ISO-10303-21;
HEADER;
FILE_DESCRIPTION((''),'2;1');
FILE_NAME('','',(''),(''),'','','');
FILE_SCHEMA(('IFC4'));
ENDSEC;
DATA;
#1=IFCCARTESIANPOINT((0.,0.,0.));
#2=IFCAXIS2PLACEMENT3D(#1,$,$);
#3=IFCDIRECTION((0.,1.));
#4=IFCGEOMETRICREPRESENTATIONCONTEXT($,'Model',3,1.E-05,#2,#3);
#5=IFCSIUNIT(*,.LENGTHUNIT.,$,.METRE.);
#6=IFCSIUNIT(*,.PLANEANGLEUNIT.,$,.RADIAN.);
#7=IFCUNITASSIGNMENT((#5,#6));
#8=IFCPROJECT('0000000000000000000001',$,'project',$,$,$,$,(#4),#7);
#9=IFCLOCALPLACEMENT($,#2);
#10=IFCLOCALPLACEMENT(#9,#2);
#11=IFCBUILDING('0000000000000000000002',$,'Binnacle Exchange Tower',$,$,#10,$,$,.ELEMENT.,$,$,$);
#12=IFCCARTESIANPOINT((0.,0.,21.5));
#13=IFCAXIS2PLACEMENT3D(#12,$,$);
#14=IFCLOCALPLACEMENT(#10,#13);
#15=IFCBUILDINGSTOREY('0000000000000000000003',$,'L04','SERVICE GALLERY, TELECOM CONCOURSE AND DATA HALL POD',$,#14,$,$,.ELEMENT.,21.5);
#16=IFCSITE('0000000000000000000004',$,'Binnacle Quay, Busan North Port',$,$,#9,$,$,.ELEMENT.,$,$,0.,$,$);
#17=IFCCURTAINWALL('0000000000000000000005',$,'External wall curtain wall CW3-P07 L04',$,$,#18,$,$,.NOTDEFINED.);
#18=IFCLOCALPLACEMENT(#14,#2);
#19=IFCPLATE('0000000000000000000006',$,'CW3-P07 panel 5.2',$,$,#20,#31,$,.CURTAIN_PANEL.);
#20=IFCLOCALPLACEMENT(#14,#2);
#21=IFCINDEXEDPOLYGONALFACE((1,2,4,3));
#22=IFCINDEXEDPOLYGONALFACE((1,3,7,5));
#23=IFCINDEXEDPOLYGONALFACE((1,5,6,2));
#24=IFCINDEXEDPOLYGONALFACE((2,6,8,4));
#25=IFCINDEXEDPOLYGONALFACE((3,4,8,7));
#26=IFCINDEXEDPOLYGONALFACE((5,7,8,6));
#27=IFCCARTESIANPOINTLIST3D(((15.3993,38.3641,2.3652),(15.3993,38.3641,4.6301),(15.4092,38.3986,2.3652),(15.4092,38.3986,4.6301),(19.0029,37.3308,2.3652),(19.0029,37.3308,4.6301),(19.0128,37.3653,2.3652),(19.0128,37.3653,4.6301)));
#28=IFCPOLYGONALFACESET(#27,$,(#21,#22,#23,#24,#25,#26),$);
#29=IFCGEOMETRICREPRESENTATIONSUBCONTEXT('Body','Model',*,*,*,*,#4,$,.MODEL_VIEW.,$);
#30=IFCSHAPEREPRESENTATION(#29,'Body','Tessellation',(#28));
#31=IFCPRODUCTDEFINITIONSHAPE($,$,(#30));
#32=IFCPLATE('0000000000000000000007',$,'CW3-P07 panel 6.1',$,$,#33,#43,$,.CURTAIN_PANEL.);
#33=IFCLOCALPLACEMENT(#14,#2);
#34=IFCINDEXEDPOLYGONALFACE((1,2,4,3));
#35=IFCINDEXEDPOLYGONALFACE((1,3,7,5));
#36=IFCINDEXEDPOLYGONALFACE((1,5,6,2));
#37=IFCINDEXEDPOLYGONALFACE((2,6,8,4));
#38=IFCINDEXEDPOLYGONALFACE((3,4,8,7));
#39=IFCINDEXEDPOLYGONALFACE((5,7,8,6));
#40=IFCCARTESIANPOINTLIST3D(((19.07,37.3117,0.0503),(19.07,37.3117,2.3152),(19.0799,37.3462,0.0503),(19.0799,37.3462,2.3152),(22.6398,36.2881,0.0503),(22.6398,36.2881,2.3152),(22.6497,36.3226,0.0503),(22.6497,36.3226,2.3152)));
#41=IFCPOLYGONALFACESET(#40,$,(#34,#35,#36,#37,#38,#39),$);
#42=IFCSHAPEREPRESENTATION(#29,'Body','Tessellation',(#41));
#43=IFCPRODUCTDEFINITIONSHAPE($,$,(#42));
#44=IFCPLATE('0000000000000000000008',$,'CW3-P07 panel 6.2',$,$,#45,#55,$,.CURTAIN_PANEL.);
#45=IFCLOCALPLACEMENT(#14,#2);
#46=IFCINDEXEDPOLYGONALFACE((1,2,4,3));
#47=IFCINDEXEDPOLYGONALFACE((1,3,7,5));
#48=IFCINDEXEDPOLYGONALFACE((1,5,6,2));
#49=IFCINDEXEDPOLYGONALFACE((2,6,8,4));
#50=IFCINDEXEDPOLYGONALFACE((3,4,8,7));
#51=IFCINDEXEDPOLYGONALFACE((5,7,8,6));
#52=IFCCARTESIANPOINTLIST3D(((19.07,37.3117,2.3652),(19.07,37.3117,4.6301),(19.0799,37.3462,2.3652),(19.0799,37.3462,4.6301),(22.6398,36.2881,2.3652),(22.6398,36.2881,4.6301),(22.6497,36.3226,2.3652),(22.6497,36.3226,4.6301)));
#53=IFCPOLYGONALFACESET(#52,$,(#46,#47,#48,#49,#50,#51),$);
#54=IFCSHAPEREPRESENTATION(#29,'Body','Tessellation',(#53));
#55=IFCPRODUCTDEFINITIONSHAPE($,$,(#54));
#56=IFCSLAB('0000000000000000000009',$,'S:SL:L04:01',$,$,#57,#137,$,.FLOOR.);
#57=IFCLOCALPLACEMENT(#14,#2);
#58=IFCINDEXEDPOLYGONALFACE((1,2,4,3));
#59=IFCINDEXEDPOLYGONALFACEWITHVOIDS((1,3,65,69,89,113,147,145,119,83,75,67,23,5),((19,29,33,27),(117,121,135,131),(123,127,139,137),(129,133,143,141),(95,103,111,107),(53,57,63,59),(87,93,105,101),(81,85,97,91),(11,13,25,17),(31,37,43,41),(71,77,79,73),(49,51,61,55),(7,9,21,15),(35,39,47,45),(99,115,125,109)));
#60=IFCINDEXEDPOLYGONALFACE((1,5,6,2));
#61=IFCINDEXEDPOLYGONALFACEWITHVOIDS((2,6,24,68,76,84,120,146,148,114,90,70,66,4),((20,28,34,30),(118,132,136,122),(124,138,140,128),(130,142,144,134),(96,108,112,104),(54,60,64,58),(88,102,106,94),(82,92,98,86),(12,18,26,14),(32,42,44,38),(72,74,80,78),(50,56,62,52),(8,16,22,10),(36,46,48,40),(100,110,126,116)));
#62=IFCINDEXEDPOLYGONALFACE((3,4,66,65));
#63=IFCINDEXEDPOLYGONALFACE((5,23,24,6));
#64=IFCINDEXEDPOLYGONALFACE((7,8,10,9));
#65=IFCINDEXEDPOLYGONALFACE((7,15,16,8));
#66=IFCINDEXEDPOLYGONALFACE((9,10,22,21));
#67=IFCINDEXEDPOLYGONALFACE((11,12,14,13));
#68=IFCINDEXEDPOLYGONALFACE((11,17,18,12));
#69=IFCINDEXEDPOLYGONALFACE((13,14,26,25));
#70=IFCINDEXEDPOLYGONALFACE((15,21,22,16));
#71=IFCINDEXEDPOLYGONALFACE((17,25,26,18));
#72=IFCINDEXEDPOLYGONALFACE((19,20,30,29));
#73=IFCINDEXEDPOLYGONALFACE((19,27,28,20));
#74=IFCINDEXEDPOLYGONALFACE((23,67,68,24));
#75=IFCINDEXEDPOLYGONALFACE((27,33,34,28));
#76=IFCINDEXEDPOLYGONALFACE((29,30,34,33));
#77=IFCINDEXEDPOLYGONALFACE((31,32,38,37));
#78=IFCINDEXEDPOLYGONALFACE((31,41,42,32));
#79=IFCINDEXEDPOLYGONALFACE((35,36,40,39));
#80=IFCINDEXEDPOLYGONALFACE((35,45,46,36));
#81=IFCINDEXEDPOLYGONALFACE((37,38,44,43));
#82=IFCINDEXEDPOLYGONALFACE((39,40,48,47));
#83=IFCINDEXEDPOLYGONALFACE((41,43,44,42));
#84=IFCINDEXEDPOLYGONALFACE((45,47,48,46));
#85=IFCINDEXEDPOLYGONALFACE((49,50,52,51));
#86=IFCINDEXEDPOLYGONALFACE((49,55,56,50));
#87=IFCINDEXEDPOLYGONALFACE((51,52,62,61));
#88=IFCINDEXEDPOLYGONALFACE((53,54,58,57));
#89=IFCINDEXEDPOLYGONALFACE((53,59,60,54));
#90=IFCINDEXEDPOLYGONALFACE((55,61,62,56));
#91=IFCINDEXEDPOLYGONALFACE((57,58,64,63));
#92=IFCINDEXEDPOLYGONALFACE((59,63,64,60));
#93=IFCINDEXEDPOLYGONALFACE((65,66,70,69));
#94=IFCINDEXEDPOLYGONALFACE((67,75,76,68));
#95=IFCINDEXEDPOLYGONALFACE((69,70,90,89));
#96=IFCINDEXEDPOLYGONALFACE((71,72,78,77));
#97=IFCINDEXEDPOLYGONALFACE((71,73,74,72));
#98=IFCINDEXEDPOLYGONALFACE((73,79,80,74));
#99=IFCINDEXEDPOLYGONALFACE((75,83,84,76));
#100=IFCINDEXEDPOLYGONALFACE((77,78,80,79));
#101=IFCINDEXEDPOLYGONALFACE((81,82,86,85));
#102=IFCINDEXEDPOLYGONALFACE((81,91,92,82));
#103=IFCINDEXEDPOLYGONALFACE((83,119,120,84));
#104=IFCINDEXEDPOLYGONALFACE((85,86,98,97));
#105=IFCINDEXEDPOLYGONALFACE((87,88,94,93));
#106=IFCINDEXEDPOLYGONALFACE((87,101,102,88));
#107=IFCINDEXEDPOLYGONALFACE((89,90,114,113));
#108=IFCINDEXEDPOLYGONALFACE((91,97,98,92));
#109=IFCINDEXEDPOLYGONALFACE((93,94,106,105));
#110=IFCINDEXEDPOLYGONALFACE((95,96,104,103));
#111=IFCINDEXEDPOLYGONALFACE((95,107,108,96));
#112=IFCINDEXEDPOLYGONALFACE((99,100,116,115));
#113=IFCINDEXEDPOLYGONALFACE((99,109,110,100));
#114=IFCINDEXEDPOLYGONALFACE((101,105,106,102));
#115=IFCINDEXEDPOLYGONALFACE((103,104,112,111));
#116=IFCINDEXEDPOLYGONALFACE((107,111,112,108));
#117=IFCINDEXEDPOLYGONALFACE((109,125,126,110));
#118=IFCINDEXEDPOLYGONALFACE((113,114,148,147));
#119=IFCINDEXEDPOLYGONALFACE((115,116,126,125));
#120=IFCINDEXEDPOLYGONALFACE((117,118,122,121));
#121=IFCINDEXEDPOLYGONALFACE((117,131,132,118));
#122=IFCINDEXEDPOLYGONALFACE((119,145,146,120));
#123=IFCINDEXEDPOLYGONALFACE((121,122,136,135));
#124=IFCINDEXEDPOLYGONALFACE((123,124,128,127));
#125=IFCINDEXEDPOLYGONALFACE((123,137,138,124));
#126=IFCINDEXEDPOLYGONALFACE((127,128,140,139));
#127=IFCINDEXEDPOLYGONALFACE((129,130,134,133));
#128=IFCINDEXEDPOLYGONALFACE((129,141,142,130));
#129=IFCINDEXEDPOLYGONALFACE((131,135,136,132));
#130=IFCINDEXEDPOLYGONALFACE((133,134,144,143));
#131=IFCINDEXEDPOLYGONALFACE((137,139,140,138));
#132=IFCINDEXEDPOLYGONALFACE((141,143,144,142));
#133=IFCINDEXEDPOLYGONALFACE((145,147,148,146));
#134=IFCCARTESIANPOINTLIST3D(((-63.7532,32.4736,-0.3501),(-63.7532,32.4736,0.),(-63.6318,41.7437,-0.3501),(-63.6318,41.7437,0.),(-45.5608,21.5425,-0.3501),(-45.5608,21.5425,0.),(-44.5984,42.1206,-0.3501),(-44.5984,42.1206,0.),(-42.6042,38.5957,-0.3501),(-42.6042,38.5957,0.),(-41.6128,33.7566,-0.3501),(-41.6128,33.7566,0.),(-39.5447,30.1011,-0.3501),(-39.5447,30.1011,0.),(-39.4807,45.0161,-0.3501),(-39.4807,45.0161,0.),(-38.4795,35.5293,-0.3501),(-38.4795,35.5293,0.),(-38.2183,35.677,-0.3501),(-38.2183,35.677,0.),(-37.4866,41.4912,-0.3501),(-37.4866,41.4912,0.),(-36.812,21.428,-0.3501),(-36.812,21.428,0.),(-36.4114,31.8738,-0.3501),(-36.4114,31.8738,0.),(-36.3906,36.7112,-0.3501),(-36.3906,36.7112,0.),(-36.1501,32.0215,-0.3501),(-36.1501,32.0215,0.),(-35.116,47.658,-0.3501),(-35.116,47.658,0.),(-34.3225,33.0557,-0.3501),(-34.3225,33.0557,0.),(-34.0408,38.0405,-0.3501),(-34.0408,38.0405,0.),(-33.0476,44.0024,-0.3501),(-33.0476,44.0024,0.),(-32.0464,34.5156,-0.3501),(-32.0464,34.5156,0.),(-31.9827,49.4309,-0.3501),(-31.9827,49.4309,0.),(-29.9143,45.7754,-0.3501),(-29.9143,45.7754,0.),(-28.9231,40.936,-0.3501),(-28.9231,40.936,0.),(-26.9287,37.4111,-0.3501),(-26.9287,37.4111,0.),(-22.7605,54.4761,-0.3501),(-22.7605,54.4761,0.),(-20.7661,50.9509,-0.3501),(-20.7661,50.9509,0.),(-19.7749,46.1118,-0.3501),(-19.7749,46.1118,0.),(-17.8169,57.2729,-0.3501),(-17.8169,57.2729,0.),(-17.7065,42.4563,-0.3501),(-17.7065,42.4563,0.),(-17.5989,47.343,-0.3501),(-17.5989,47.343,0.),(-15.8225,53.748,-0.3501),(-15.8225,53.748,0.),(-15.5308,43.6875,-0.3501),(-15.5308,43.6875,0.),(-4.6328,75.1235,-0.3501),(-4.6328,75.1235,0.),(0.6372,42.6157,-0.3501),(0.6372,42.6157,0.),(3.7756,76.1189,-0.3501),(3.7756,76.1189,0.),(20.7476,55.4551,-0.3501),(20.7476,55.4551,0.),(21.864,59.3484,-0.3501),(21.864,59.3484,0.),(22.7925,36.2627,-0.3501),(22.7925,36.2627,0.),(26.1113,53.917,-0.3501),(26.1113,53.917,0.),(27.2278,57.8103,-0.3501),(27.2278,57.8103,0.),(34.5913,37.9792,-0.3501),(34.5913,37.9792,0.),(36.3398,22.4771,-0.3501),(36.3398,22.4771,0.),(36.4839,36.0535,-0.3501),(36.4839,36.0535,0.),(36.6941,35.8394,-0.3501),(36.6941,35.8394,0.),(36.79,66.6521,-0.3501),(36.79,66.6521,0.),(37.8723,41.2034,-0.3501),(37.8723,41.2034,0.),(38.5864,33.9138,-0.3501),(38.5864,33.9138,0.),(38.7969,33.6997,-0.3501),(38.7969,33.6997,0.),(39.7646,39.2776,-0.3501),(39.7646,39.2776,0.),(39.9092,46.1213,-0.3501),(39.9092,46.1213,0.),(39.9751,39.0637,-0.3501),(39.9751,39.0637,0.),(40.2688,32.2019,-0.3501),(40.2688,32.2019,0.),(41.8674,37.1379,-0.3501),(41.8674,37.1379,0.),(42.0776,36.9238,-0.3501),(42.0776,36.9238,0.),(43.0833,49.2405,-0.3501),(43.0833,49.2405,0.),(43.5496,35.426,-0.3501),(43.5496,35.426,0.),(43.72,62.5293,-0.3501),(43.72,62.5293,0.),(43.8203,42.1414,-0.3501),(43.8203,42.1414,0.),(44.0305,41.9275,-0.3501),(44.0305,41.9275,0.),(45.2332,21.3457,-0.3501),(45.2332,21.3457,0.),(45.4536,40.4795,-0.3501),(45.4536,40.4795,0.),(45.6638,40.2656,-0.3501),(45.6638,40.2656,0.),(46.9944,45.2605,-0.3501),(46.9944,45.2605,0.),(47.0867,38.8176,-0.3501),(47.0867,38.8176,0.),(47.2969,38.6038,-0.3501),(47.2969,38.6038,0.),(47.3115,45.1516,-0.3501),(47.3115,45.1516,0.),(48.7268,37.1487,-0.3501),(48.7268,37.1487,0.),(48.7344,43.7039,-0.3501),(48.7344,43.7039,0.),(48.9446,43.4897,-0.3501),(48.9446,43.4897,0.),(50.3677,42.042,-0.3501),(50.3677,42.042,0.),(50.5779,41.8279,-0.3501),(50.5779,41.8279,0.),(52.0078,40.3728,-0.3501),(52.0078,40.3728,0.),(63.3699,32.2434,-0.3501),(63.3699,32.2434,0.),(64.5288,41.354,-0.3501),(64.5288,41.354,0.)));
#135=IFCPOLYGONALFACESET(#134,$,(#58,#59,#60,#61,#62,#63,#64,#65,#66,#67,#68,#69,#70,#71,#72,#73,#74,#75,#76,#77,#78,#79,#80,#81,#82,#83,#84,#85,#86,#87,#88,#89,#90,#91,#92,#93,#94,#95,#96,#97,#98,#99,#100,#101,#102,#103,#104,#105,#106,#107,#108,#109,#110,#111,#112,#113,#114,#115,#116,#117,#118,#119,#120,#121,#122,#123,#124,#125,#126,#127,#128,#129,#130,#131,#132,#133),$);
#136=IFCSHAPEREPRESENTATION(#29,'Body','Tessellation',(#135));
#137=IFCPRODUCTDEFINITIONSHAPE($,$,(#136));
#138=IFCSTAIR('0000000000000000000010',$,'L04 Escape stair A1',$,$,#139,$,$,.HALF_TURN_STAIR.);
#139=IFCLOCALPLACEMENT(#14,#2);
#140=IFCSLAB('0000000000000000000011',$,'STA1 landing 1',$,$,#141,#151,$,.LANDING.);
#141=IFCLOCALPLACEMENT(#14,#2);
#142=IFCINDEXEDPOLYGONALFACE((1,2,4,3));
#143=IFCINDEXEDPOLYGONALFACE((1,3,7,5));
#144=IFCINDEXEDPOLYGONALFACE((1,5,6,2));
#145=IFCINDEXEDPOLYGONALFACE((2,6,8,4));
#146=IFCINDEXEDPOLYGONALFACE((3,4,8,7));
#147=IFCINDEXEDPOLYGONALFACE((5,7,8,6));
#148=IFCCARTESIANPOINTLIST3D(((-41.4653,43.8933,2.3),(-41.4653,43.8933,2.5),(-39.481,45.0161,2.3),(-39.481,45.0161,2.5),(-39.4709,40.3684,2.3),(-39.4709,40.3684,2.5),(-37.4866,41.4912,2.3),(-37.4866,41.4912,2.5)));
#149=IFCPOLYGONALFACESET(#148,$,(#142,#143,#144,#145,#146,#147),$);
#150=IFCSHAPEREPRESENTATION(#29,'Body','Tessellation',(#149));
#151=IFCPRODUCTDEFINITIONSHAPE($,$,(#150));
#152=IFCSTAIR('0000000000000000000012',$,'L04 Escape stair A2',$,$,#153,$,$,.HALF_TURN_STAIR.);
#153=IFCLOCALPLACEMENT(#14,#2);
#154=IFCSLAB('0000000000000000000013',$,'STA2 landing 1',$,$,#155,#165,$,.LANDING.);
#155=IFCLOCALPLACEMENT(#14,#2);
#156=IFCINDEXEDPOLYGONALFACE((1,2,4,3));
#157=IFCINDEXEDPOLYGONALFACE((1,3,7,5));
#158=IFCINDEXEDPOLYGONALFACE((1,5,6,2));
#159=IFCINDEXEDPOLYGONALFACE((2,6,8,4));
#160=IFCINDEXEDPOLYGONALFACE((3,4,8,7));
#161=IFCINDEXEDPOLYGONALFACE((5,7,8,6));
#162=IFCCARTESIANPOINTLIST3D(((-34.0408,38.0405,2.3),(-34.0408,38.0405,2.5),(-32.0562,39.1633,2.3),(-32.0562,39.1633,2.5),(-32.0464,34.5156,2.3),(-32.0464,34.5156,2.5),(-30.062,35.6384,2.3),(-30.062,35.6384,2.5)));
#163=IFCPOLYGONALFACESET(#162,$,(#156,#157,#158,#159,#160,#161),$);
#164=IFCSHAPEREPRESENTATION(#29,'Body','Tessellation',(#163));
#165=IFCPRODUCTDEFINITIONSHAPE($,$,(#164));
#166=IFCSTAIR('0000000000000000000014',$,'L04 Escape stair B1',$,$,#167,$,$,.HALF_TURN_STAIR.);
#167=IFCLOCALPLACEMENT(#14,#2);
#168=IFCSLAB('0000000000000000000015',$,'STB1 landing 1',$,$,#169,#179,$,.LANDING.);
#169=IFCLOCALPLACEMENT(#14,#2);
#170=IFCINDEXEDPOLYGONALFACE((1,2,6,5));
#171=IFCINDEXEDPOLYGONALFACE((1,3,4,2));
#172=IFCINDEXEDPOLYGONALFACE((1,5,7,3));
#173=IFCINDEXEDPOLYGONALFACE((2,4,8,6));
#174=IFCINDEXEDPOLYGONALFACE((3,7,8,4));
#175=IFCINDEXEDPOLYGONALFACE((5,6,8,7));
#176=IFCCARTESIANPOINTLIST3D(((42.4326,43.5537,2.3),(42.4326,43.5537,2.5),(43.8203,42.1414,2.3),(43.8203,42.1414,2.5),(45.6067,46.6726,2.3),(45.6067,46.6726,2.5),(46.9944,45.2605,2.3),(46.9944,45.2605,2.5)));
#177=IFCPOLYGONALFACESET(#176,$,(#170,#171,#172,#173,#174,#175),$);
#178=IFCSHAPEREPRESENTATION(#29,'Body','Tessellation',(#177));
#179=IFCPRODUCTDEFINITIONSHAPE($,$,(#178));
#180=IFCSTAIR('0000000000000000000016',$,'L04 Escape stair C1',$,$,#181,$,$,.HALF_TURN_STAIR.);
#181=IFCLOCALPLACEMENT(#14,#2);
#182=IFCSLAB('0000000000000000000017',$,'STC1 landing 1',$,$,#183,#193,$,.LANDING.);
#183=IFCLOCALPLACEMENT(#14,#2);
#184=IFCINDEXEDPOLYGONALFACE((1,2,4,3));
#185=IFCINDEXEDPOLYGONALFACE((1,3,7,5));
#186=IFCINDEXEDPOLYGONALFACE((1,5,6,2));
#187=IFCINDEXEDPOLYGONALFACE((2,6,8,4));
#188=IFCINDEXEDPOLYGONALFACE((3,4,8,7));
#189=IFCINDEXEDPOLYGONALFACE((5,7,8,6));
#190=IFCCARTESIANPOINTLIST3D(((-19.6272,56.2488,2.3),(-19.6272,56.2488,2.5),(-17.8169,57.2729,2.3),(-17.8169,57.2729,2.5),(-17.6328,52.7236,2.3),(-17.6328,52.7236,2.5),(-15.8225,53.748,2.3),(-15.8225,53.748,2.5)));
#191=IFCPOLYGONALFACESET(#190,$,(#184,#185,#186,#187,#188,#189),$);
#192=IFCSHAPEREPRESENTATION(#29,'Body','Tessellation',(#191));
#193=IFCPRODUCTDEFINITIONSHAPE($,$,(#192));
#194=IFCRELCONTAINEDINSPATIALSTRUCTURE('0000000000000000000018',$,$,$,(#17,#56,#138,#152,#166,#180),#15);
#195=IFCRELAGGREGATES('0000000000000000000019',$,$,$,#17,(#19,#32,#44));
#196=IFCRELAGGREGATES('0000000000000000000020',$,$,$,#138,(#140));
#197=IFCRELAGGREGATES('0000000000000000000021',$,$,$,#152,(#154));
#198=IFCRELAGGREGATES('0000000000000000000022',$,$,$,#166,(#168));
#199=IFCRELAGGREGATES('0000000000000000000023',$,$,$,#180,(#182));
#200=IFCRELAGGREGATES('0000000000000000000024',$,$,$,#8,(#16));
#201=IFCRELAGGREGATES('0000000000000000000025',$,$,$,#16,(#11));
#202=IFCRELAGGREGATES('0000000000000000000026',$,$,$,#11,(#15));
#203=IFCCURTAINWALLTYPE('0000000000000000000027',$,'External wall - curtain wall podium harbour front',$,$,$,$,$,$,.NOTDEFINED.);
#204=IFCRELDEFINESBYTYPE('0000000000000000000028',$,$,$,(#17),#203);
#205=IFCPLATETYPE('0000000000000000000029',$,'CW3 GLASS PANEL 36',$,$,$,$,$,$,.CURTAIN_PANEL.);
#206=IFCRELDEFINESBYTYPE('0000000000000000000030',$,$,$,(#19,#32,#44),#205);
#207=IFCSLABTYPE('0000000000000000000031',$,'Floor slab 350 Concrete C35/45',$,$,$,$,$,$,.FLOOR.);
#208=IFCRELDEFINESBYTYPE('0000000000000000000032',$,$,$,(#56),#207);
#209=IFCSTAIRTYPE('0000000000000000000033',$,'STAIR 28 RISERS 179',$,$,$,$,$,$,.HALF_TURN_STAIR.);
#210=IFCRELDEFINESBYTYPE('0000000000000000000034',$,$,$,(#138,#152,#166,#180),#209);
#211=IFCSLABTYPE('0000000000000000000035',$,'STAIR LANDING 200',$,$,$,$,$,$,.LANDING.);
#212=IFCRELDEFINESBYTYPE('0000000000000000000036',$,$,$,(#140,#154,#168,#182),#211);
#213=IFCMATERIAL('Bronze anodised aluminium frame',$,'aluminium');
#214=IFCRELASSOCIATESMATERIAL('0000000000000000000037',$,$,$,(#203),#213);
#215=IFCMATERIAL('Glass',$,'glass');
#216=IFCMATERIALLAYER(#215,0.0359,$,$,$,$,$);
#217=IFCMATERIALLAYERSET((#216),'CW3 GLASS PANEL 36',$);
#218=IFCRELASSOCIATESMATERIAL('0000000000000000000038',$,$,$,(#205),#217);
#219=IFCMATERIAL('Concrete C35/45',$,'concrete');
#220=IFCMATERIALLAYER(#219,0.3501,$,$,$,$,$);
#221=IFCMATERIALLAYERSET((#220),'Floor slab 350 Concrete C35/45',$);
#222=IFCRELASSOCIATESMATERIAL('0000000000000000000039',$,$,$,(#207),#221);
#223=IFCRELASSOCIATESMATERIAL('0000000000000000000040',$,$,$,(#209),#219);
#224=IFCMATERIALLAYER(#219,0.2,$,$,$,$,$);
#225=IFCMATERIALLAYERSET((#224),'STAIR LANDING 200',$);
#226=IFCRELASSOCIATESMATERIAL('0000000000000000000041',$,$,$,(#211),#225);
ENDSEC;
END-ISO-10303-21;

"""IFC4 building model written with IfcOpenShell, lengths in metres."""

from ifc_helpers import new_model, si_unit, direction, frame, origin, origin_2d, place, context, subcontext, project, spatial, polyline, rectangle, outline, extrude, material, layer, layer_set, type_object, element, aggregate, save


model = new_model("IFC4")

# Units and contexts
model_context = context("Model", 3, precision=1e-05, world=origin(), true_north=direction((0.0, 1.0)))
body_context = subcontext(model_context, "Body", "Model", "MODEL_VIEW")
ifc_project = project(units=[si_unit("LENGTHUNIT", "METRE"), si_unit("PLANEANGLEUNIT", "RADIAN")], contexts=[model_context])

# Site, building, storey
site_placement = place(None, origin())
site = spatial("IfcSite", under=ifc_project, at=site_placement, Name="Binnacle Quay, Busan North Port", CompositionType="ELEMENT", RefElevation=0.0)
building_placement = place(site_placement, origin())
building = spatial("IfcBuilding", under=site, at=building_placement, Name="Binnacle Exchange Tower", CompositionType="ELEMENT")
storey_placement = place(building_placement, frame((0.0, 0.0, 21.5)))
storey = spatial("IfcBuildingStorey", under=building, at=storey_placement, Name="L04", Description="SERVICE GALLERY, TELECOM CONCOURSE AND DATA HALL POD", CompositionType="ELEMENT", Elevation=21.5)

# Curtain wall
ifc_material_1 = material(Name="Bronze anodised aluminium frame", Category="aluminium")
curtain_wall_type = type_object("IfcCurtainWallType", Name="External wall - curtain wall podium harbour front", PredefinedType="NOTDEFINED", material=ifc_material_1)
curtain_wall_placement = place(storey_placement, origin())
curtain_wall = element("IfcCurtainWall", 1, at=curtain_wall_placement, inside=storey, type_object=curtain_wall_type, Name="External wall curtain wall CW3-P07 L04", PredefinedType="NOTDEFINED")

# Plates
ifc_material_2 = material(Name="Glass", Category="glass")
ifc_layer_1 = layer(ifc_material_2, 0.0359)
ifc_layer_set_1 = layer_set([ifc_layer_1], Name="CW3 GLASS PANEL 36")
plate_type = type_object("IfcPlateType", Name="CW3 GLASS PANEL 36", PredefinedType="CURTAIN_PANEL", material=ifc_layer_set_1)
plate_1_placement = place(storey_placement, frame((17.2061, 37.8647, 2.3652), z_axis=(0.0, 0.0, 1.0), x_axis=(0.961262, -0.275637, 0.0)))
plate_1 = element("IfcPlate", 2, at=plate_1_placement, type_object=plate_type, Name="CW3-P07 panel 5.2", PredefinedType="CURTAIN_PANEL", context=body_context, shape_type="SweptSolid", body=[
    extrude(rectangle(XDim=3.7488, YDim=0.0359, at=origin_2d()), origin(), (0.0, 0.0, 1.0), 2.2649),
])
plate_2_placement = place(storey_placement, frame((20.8599, 36.8171, 0.0503), z_axis=(0.0, 0.0, 1.0), x_axis=(0.961262, -0.275637, 0.0)))
plate_2 = element("IfcPlate", 3, at=plate_2_placement, type_object=plate_type, Name="CW3-P07 panel 6.1", PredefinedType="CURTAIN_PANEL", context=body_context, shape_type="SweptSolid", body=[
    extrude(rectangle(XDim=3.7136, YDim=0.0359, at=origin_2d()), origin(), (0.0, 0.0, 1.0), 2.2649),
])
plate_3_placement = place(storey_placement, frame((20.8599, 36.8171, 2.3652), z_axis=(0.0, 0.0, 1.0), x_axis=(0.961262, -0.275637, 0.0)))
plate_3 = element("IfcPlate", 4, at=plate_3_placement, type_object=plate_type, Name="CW3-P07 panel 6.2", PredefinedType="CURTAIN_PANEL", context=body_context, shape_type="SweptSolid", body=[
    extrude(rectangle(XDim=3.7136, YDim=0.0359, at=origin_2d()), origin(), (0.0, 0.0, 1.0), 2.2649),
])
aggregate(curtain_wall, [plate_1, plate_2, plate_3])

# Slab
ifc_material_3 = material(Name="Concrete C35/45", Category="concrete")
ifc_layer_2 = layer(ifc_material_3, 0.3501)
ifc_layer_set_2 = layer_set([ifc_layer_2], Name="Floor slab 350 Concrete C35/45")
slab_type_1 = type_object("IfcSlabType", Name="Floor slab 350 Concrete C35/45", PredefinedType="FLOOR", material=ifc_layer_set_2)
slab_1_placement = place(storey_placement, frame((0.0, 0.0, -0.3501)))
element("IfcSlab", 5, at=slab_1_placement, inside=storey, type_object=slab_type_1, Name="S:SL:L04:01", PredefinedType="FLOOR", context=body_context, shape_type="SweptSolid", body=[
    extrude(outline(polyline([(64.5288, 41.354), (63.3699, 32.2434), (45.2332, 21.3457), (36.3398, 22.4771), (22.7925, 36.2627), (0.6372, 42.6157), (-36.812, 21.428), (-45.5608, 21.5425), (-63.7532, 32.4736), (-63.6318, 41.7437), (-4.6328, 75.1235), (3.7756, 76.1189), (36.79, 66.6521), (43.72, 62.5293), (64.5288, 41.354)]), holes=[polyline([(-38.4795, 35.5293), (-41.6128, 33.7566), (-39.5447, 30.1011), (-36.4114, 31.8738), (-38.4795, 35.5293)]), polyline([(-34.3225, 33.0557), (-36.3906, 36.7112), (-38.2183, 35.677), (-36.1501, 32.0215), (-34.3225, 33.0557)]), polyline([(-34.0408, 38.0405), (-32.0464, 34.5156), (-26.9287, 37.4111), (-28.9231, 40.936), (-34.0408, 38.0405)]), polyline([(-37.4866, 41.4912), (-39.4807, 45.0161), (-44.5984, 42.1206), (-42.6042, 38.5957), (-37.4866, 41.4912)]), polyline([(-15.5308, 43.6875), (-17.5989, 47.343), (-19.7749, 46.1118), (-17.7065, 42.4563), (-15.5308, 43.6875)]), polyline([(-29.9143, 45.7754), (-31.9827, 49.4309), (-35.116, 47.658), (-33.0476, 44.0024), (-29.9143, 45.7754)]), polyline([(-15.8225, 53.748), (-17.8169, 57.2729), (-22.7605, 54.4761), (-20.7661, 50.9509), (-15.8225, 53.748)]), polyline([(26.1113, 53.917), (27.2278, 57.8103), (21.864, 59.3484), (20.7476, 55.4551), (26.1113, 53.917)]), polyline([(40.2688, 32.2019), (43.5496, 35.426), (42.0776, 36.9238), (38.7969, 33.6997), (40.2688, 32.2019)]), polyline([(38.5864, 33.9138), (41.8674, 37.1379), (39.9751, 39.0637), (36.6941, 35.8394), (38.5864, 33.9138)]), polyline([(36.4839, 36.0535), (39.7646, 39.2776), (37.8723, 41.2034), (34.5913, 37.9792), (36.4839, 36.0535)]), polyline([(48.7268, 37.1487), (52.0078, 40.3728), (50.5779, 41.8279), (47.2969, 38.6038), (48.7268, 37.1487)]), polyline([(47.0867, 38.8176), (50.3677, 42.042), (48.9446, 43.4897), (45.6638, 40.2656), (47.0867, 38.8176)]), polyline([(45.4536, 40.4795), (48.7344, 43.7039), (47.3115, 45.1516), (44.0305, 41.9275), (45.4536, 40.4795)]), polyline([(43.8203, 42.1414), (46.9944, 45.2605), (43.0833, 49.2405), (39.9092, 46.1213), (43.8203, 42.1414)])]), origin(), (0.0, 0.0, 1.0), 0.3501),
])

# Stairs, slabs
stair_type = type_object("IfcStairType", Name="STAIR 28 RISERS 179", PredefinedType="HALF_TURN_STAIR", material=ifc_material_3)
stair_1_placement = place(storey_placement, origin())
stair_1 = element("IfcStair", 6, at=stair_1_placement, inside=storey, type_object=stair_type, Name="L04 Escape stair A1", PredefinedType="HALF_TURN_STAIR")
ifc_layer_3 = layer(ifc_material_3, 0.2)
ifc_layer_set_3 = layer_set([ifc_layer_3], Name="STAIR LANDING 200")
slab_type_2 = type_object("IfcSlabType", Name="STAIR LANDING 200", PredefinedType="LANDING", material=ifc_layer_set_3)
slab_2_placement = place(storey_placement, frame((0.0, 0.0, 2.3)))
slab_2 = element("IfcSlab", 7, at=slab_2_placement, type_object=slab_type_2, Name="STA1 landing 1", PredefinedType="LANDING", context=body_context, shape_type="SweptSolid", body=[
    extrude(outline(polyline([(-39.4709, 40.3684), (-37.4866, 41.4912), (-39.481, 45.0161), (-41.4653, 43.8933), (-39.4709, 40.3684)])), origin(), (0.0, 0.0, 1.0), 0.2),
])
aggregate(stair_1, [slab_2])
stair_2_placement = place(storey_placement, origin())
stair_2 = element("IfcStair", 8, at=stair_2_placement, inside=storey, type_object=stair_type, Name="L04 Escape stair A2", PredefinedType="HALF_TURN_STAIR")
slab_3_placement = place(storey_placement, frame((0.0, 0.0, 2.3)))
slab_3 = element("IfcSlab", 9, at=slab_3_placement, type_object=slab_type_2, Name="STA2 landing 1", PredefinedType="LANDING", context=body_context, shape_type="SweptSolid", body=[
    extrude(outline(polyline([(-32.0562, 39.1633), (-34.0408, 38.0405), (-32.0464, 34.5156), (-30.062, 35.6384), (-32.0562, 39.1633)])), origin(), (0.0, 0.0, 1.0), 0.2),
])
aggregate(stair_2, [slab_3])
stair_3_placement = place(storey_placement, origin())
stair_3 = element("IfcStair", 10, at=stair_3_placement, inside=storey, type_object=stair_type, Name="L04 Escape stair B1", PredefinedType="HALF_TURN_STAIR")
slab_4_placement = place(storey_placement, frame((0.0, 0.0, 2.3)))
slab_4 = element("IfcSlab", 11, at=slab_4_placement, type_object=slab_type_2, Name="STB1 landing 1", PredefinedType="LANDING", context=body_context, shape_type="SweptSolid", body=[
    extrude(outline(polyline([(42.4326, 43.5537), (43.8203, 42.1414), (46.9944, 45.2605), (45.6067, 46.6726), (42.4326, 43.5537)])), origin(), (0.0, 0.0, 1.0), 0.2),
])
aggregate(stair_3, [slab_4])
stair_4_placement = place(storey_placement, origin())
stair_4 = element("IfcStair", 12, at=stair_4_placement, inside=storey, type_object=stair_type, Name="L04 Escape stair C1", PredefinedType="HALF_TURN_STAIR")
slab_5_placement = place(storey_placement, frame((0.0, 0.0, 2.3)))
slab_5 = element("IfcSlab", 13, at=slab_5_placement, type_object=slab_type_2, Name="STC1 landing 1", PredefinedType="LANDING", context=body_context, shape_type="SweptSolid", body=[
    extrude(outline(polyline([(-17.6328, 52.7236), (-15.8225, 53.748), (-17.8169, 57.2729), (-19.6272, 56.2488), (-17.6328, 52.7236)])), origin(), (0.0, 0.0, 1.0), 0.2),
])
aggregate(stair_4, [slab_5])

save(model, "model.ifc")
